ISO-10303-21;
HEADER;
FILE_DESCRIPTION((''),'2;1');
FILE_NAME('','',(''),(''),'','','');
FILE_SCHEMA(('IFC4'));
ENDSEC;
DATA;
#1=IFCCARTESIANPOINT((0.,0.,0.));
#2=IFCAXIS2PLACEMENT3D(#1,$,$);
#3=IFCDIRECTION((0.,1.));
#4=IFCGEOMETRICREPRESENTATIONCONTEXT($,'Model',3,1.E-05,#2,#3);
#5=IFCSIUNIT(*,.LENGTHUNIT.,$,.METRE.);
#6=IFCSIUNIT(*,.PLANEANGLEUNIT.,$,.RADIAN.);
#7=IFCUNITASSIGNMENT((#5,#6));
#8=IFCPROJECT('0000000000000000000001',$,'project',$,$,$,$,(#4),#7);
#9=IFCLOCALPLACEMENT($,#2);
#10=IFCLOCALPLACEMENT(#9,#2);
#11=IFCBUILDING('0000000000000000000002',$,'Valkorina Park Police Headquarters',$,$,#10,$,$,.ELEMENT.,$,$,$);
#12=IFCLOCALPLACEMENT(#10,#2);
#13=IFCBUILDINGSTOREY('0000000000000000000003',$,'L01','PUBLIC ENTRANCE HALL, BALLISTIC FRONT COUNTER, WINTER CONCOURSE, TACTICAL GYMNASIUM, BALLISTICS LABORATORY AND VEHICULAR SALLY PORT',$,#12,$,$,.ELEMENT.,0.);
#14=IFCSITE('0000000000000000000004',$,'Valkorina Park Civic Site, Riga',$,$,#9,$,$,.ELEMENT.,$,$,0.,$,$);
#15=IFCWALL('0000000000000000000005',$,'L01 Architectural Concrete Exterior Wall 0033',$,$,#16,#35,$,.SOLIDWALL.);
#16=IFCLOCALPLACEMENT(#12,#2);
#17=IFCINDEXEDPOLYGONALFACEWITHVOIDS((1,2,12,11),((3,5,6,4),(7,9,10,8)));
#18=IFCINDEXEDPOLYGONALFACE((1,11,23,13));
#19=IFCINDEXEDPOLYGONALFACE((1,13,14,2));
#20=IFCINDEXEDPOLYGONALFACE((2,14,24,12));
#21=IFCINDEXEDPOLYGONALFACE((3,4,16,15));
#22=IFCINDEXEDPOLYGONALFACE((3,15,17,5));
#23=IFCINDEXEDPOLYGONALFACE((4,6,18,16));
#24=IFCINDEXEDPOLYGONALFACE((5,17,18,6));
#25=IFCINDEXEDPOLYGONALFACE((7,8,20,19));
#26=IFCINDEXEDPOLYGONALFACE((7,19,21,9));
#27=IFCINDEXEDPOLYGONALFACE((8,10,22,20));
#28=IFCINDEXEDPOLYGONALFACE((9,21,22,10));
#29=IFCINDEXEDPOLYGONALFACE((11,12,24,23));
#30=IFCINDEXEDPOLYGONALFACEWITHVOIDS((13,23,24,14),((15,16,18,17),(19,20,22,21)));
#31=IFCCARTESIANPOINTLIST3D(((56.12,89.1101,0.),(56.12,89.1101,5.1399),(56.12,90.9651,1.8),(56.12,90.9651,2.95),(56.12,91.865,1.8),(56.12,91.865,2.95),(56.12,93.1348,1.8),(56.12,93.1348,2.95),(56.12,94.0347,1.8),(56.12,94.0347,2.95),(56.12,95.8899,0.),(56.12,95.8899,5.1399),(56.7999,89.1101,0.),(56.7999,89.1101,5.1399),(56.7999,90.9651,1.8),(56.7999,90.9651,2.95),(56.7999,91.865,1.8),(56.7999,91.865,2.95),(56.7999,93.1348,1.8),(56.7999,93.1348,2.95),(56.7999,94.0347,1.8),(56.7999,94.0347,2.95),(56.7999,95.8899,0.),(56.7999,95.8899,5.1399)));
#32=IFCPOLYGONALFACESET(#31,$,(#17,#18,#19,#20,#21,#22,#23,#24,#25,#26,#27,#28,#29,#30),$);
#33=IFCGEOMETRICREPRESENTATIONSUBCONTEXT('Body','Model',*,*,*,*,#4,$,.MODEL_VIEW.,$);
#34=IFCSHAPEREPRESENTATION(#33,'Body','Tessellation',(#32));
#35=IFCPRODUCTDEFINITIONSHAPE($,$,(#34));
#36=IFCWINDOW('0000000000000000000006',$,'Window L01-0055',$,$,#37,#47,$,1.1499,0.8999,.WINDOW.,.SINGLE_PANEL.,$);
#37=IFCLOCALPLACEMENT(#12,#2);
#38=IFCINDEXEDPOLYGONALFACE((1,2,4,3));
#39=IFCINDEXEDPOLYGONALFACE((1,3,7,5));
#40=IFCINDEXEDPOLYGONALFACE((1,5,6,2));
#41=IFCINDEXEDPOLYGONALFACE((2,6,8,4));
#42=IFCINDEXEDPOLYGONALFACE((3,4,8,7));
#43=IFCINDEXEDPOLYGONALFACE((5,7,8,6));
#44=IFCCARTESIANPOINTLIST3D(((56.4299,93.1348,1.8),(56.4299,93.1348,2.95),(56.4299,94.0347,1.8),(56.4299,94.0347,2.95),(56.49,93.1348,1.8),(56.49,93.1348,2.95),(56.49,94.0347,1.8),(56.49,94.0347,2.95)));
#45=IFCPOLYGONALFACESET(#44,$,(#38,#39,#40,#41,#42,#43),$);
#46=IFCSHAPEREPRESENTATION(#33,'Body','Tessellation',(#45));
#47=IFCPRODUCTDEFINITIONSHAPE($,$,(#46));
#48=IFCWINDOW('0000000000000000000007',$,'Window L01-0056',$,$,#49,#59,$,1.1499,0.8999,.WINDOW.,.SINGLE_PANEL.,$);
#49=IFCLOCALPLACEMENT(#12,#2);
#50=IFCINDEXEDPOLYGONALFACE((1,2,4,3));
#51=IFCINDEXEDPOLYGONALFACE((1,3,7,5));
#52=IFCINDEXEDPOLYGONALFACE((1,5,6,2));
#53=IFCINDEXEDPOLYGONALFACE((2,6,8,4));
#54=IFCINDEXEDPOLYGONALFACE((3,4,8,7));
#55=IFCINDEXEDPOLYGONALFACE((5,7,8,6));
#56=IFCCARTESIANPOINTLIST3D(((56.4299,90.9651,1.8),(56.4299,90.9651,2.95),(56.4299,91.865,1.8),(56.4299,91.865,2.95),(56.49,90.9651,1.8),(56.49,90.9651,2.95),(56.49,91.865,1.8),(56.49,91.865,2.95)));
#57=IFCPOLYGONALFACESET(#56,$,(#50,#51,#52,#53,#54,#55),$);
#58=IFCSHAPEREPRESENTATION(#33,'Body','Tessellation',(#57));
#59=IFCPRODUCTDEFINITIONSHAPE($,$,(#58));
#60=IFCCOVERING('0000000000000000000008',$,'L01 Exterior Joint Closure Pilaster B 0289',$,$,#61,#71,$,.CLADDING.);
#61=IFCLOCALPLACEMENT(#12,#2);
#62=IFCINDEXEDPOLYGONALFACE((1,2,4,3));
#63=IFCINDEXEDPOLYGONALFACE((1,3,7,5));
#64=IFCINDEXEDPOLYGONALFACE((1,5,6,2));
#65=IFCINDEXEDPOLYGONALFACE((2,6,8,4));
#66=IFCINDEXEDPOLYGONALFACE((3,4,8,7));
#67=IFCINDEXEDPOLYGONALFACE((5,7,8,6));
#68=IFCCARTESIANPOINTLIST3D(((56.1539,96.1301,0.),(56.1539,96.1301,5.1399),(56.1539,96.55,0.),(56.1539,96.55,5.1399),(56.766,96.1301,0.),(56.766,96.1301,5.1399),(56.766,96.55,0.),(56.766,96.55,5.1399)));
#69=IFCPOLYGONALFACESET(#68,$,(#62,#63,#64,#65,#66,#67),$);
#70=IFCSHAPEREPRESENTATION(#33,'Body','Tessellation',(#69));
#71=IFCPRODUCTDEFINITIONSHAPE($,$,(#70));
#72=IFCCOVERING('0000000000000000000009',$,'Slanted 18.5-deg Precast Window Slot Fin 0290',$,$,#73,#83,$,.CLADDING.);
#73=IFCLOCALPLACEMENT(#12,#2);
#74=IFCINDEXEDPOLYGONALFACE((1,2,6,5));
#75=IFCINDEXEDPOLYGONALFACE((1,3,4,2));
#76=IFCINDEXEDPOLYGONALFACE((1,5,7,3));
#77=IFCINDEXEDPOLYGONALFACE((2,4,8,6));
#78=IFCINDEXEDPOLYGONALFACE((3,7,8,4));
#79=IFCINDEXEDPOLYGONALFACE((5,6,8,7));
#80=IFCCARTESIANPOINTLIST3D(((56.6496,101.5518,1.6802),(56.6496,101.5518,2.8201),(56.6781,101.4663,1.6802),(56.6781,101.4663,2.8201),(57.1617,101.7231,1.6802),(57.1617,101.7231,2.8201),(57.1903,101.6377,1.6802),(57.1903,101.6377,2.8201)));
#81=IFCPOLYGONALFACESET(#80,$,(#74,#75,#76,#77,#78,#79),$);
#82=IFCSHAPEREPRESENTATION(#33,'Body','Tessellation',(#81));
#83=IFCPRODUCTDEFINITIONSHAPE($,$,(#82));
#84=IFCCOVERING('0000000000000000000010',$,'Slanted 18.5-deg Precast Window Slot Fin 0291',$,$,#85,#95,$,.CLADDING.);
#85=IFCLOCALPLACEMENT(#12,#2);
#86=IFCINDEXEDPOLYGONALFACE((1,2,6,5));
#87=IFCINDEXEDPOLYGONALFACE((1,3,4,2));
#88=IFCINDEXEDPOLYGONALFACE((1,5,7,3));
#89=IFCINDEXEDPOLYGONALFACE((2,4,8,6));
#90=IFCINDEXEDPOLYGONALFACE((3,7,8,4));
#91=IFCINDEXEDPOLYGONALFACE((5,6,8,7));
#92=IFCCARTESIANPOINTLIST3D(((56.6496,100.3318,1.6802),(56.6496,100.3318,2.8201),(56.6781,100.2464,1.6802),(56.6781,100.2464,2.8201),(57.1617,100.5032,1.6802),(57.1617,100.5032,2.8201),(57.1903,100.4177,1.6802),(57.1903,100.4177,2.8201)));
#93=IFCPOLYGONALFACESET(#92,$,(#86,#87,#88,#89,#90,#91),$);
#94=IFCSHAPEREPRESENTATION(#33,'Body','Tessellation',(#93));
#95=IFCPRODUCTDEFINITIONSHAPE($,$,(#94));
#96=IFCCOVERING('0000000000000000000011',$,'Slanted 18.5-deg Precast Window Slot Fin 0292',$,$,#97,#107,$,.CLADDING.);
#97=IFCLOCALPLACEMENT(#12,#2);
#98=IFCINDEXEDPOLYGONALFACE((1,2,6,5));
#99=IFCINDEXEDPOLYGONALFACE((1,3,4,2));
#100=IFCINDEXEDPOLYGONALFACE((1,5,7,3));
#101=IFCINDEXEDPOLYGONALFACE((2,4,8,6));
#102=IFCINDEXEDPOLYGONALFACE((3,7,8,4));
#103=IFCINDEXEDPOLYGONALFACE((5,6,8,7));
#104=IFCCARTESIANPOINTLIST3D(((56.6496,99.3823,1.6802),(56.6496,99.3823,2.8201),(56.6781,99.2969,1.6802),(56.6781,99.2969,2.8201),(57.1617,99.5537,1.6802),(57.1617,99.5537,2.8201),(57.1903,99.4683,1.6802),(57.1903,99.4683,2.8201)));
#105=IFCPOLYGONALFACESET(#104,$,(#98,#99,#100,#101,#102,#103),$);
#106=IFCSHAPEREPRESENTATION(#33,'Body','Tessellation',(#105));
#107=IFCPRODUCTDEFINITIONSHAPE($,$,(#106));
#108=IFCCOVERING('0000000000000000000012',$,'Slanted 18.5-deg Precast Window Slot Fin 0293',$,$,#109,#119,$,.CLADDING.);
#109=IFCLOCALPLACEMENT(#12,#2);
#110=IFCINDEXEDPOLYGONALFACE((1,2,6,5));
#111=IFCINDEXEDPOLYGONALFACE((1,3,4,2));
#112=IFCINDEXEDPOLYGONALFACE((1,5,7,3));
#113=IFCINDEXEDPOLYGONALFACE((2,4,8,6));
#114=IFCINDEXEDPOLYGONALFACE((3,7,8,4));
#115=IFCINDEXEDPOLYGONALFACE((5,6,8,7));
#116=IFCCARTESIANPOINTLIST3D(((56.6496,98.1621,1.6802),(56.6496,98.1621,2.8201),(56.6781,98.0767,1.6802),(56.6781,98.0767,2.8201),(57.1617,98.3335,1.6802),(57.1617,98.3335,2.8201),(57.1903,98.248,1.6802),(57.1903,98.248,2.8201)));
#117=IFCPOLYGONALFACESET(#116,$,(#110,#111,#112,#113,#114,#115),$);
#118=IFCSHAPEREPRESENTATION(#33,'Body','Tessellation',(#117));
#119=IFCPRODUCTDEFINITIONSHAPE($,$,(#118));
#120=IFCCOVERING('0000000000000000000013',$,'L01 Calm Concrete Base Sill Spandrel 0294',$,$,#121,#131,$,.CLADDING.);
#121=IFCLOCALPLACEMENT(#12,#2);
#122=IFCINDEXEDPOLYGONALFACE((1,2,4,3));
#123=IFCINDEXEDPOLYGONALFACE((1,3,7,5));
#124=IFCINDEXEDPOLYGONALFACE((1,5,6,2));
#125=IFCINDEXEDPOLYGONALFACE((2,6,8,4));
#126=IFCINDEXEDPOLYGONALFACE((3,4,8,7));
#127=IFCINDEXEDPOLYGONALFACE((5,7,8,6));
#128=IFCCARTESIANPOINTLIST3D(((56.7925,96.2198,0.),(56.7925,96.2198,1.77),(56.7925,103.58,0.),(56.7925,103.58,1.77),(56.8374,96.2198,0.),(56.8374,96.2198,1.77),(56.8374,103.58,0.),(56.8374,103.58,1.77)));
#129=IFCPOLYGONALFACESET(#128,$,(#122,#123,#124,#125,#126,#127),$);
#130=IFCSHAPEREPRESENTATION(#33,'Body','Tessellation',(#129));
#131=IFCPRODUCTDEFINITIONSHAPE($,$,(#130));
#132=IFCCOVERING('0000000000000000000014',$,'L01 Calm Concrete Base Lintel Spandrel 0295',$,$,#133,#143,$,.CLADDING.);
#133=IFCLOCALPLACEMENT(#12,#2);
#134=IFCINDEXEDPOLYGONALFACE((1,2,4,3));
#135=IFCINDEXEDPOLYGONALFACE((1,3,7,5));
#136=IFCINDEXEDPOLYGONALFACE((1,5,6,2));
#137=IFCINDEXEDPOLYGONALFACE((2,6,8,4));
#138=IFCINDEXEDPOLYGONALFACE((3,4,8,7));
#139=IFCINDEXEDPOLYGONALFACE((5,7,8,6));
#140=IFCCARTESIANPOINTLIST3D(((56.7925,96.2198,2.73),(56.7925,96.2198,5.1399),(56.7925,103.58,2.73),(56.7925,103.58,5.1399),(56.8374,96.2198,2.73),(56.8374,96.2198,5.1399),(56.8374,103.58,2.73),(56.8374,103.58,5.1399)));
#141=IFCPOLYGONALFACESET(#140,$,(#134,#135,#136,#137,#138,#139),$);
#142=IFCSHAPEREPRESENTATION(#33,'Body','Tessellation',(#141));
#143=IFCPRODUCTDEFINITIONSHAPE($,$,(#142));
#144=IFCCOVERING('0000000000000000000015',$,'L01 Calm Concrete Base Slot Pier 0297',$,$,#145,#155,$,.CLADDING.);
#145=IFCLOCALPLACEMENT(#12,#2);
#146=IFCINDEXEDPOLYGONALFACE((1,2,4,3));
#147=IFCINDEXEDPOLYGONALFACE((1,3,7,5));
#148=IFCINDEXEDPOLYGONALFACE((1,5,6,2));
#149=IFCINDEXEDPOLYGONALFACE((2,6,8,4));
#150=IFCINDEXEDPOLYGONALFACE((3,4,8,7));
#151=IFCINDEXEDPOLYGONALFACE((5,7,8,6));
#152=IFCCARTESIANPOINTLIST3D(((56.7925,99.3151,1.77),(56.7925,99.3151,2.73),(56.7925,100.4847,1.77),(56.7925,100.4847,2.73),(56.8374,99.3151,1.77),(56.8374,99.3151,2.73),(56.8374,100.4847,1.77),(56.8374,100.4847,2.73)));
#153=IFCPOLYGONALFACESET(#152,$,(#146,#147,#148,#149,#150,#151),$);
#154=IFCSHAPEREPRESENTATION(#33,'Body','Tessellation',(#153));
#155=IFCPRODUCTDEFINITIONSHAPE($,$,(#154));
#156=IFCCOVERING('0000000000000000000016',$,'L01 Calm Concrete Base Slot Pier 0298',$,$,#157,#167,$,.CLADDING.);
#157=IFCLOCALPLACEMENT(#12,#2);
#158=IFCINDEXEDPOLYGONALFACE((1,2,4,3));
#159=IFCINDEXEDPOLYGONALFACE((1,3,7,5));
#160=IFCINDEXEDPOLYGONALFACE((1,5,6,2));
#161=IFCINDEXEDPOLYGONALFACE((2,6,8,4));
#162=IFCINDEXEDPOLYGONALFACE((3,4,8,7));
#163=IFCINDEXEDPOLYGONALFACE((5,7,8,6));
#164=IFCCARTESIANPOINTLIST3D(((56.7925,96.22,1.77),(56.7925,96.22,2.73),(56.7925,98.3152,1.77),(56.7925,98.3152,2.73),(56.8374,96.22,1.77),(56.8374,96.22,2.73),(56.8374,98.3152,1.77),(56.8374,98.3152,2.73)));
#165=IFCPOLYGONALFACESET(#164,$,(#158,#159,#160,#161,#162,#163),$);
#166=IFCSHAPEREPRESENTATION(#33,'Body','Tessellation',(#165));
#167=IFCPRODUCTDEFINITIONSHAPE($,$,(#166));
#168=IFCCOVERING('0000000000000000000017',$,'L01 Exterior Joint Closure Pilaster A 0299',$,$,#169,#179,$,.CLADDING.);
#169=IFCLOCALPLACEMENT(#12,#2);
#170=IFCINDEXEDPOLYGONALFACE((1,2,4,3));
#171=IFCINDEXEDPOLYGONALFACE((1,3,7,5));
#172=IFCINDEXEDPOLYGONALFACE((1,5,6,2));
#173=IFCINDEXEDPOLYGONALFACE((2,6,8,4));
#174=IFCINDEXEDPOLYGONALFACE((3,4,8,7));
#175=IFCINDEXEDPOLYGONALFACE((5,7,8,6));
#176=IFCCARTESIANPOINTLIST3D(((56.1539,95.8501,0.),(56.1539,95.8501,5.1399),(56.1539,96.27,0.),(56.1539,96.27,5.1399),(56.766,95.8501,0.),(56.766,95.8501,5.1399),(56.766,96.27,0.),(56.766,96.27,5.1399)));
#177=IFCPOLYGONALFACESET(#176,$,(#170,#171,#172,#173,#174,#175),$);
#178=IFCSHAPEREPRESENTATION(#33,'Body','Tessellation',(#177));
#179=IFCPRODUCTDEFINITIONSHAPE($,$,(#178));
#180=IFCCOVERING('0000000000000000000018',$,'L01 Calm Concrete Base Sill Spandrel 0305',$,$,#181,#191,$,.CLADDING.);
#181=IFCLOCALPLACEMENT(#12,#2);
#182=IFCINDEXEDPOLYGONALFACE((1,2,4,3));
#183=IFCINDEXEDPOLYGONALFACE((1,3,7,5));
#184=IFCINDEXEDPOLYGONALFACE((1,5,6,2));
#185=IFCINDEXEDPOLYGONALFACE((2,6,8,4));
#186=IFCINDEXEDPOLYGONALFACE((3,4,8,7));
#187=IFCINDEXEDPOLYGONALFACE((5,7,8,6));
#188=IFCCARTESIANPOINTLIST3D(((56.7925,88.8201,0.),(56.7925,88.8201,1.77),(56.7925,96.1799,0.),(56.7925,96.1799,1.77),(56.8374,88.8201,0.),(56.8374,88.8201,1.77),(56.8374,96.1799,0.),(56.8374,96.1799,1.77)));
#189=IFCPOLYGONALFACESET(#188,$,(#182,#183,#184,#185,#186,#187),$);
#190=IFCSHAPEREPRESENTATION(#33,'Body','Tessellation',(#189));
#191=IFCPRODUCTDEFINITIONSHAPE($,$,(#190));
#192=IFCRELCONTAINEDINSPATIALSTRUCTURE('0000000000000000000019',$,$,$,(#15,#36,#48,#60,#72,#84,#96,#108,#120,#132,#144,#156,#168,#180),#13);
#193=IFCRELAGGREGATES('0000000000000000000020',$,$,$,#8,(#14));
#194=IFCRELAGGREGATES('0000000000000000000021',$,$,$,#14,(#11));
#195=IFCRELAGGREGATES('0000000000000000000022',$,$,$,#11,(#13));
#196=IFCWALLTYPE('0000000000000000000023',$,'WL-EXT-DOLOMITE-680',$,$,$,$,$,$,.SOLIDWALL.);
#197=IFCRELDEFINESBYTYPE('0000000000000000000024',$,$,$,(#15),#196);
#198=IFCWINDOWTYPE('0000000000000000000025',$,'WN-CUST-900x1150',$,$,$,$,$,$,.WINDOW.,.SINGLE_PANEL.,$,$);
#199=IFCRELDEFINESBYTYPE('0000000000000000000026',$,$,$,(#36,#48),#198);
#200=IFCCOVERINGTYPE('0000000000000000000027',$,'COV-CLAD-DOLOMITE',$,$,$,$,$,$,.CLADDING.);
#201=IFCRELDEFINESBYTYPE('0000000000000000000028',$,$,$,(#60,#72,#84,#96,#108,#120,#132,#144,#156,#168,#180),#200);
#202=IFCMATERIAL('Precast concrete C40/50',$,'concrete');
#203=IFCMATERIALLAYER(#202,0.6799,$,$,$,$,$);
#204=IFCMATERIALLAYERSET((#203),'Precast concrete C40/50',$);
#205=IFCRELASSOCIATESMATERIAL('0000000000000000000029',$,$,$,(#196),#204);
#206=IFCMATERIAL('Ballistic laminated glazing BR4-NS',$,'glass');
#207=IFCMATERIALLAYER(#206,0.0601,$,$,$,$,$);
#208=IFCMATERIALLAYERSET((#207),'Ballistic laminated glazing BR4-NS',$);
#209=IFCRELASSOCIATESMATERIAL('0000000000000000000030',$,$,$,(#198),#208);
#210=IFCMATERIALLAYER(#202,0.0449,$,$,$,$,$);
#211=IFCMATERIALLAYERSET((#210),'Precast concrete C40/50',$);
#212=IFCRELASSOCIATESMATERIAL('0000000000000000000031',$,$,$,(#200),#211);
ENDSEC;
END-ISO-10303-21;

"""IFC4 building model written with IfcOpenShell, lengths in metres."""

from ifc_helpers import new_model, si_unit, direction, frame, frame_2d, origin, origin_2d, place, context, subcontext, project, spatial, rectangle, extrude, material, layer, layer_set, type_object, element, fill, save


model = new_model("IFC4")

# Units and contexts
model_context = context("Model", 3, precision=1e-05, world=origin(), true_north=direction((0.0, 1.0)))
body_context = subcontext(model_context, "Body", "Model", "MODEL_VIEW")
ifc_project = project(units=[si_unit("LENGTHUNIT", "METRE"), si_unit("PLANEANGLEUNIT", "RADIAN")], contexts=[model_context])

# Site, building, storey
site_placement = place(None, origin())
site = spatial("IfcSite", under=ifc_project, at=site_placement, Name="Valkorina Park Civic Site, Riga", CompositionType="ELEMENT", RefElevation=0.0)
building_placement = place(site_placement, origin())
building = spatial("IfcBuilding", under=site, at=building_placement, Name="Valkorina Park Police Headquarters", CompositionType="ELEMENT")
storey_placement = place(building_placement, origin())
storey = spatial("IfcBuildingStorey", under=building, at=storey_placement, Name="L01", Description="PUBLIC ENTRANCE HALL, BALLISTIC FRONT COUNTER, WINTER CONCOURSE, TACTICAL GYMNASIUM, BALLISTICS LABORATORY AND VEHICULAR SALLY PORT", CompositionType="ELEMENT", Elevation=0.0)

# Wall, openings, windows
ifc_material_1 = material(Name="Precast concrete C40/50", Category="concrete")
ifc_layer_1 = layer(ifc_material_1, 0.6799)
ifc_layer_set_1 = layer_set([ifc_layer_1], Name="Precast concrete C40/50")
wall_type = type_object("IfcWallType", Name="WL-EXT-DOLOMITE-680", PredefinedType="SOLIDWALL", material=ifc_layer_set_1)
ifc_material_2 = material(Name="Ballistic laminated glazing BR4-NS", Category="glass")
wall_1_placement = place(storey_placement, frame((56.46, 95.8899, 0.0), z_axis=(0.0, 0.0, 1.0), x_axis=(0.0, -1.0, 0.0)))
wall_1 = element("IfcWall", 1, at=wall_1_placement, inside=storey, type_object=wall_type, Name="L01 Architectural Concrete Exterior Wall 0033", PredefinedType="SOLIDWALL", context=body_context, shape_type="SweptSolid", body=[
    extrude(rectangle(XDim=6.7798, YDim=0.6799, at=frame_2d((3.3899, 0.0))), origin(), (0.0, 0.0, 1.0), 5.1399),
])
opening_1_placement = place(wall_1_placement, frame((1.8552, 0.0, 1.8)))
opening_1 = element("IfcOpeningElement", 2, at=opening_1_placement, cuts=wall_1, PredefinedType="OPENING", context=body_context, shape_type="SweptSolid", body=[
    extrude(rectangle(XDim=0.8999, YDim=1.1499, at=frame_2d((0.45, 0.575))), frame((0.0, 0.3501, 0.0), z_axis=(0.0, -1.0, 0.0), x_axis=(1.0, 0.0, 0.0)), (0.0, 0.0, 1.0), 0.7),
])
opening_2_placement = place(wall_1_placement, frame((4.0249, 0.0, 1.8)))
opening_2 = element("IfcOpeningElement", 3, at=opening_2_placement, cuts=wall_1, PredefinedType="OPENING", context=body_context, shape_type="SweptSolid", body=[
    extrude(rectangle(XDim=0.8999, YDim=1.1499, at=frame_2d((0.45, 0.575))), frame((0.0, 0.3501, 0.0), z_axis=(0.0, -1.0, 0.0), x_axis=(1.0, 0.0, 0.0)), (0.0, 0.0, 1.0), 0.7),
])
ifc_layer_2 = layer(ifc_material_2, 0.0601)
ifc_layer_set_2 = layer_set([ifc_layer_2], Name="Ballistic laminated glazing BR4-NS")
window_type_1 = type_object("IfcWindowType", Name="WN-CUST-900x1150", PartitioningType="SINGLE_PANEL", PredefinedType="WINDOW", material=ifc_layer_set_2)
window_1_placement = place(opening_1_placement, origin())
window_1 = element("IfcWindow", 4, at=window_1_placement, inside=storey, type_object=window_type_1, Name="Window L01-0055", OverallHeight=1.1499, OverallWidth=0.8999, PartitioningType="SINGLE_PANEL", PredefinedType="WINDOW", context=body_context, shape_type="SweptSolid", body=[
    extrude(rectangle(XDim=0.8999, YDim=1.1499, at=frame_2d((0.45, 0.575))), frame((0.0, 0.03, 0.0), z_axis=(0.0, -1.0, 0.0), x_axis=(1.0, 0.0, 0.0)), (0.0, 0.0, 1.0), 0.0601),
])
fill(opening_1, window_1)
window_2_placement = place(opening_2_placement, origin())
window_2 = element("IfcWindow", 5, at=window_2_placement, inside=storey, type_object=window_type_1, Name="Window L01-0056", OverallHeight=1.1499, OverallWidth=0.8999, PartitioningType="SINGLE_PANEL", PredefinedType="WINDOW", context=body_context, shape_type="SweptSolid", body=[
    extrude(rectangle(XDim=0.8999, YDim=1.1499, at=frame_2d((0.45, 0.575))), frame((0.0, 0.03, 0.0), z_axis=(0.0, -1.0, 0.0), x_axis=(1.0, 0.0, 0.0)), (0.0, 0.0, 1.0), 0.0601),
])
fill(opening_2, window_2)

# Coverings
ifc_layer_3 = layer(ifc_material_1, 0.0449)
ifc_layer_set_3 = layer_set([ifc_layer_3], Name="Precast concrete C40/50")
covering_type = type_object("IfcCoveringType", Name="COV-CLAD-DOLOMITE", PredefinedType="CLADDING", material=ifc_layer_set_3)
covering_1_placement = place(storey_placement, frame((56.46, 96.3401, 0.0), z_axis=(0.0, 0.0, 1.0), x_axis=(0.0, 1.0, 0.0)))
element("IfcCovering", 6, at=covering_1_placement, inside=storey, type_object=covering_type, Name="L01 Exterior Joint Closure Pilaster B 0289", PredefinedType="CLADDING", context=body_context, shape_type="SweptSolid", body=[
    extrude(rectangle(XDim=0.4199, YDim=0.6121, at=origin_2d()), origin(), (0.0, 0.0, 1.0), 5.1399),
])
for number, where, z_axis, x_axis, name in (
    (7, (56.9199, 101.5947, 1.6802), (0.0, 0.0, 1.0), (0.948324, 0.317305, 0.0), "Slanted 18.5-deg Precast Window Slot Fin 0290"),
    (8, (56.9199, 100.3748, 1.6802), (0.0, 0.0, 1.0), (0.948324, 0.317305, 0.0), "Slanted 18.5-deg Precast Window Slot Fin 0291"),
    (9, (56.9199, 99.4253, 1.6802), (0.0, 0.0, 1.0), (0.948324, 0.317305, 0.0), "Slanted 18.5-deg Precast Window Slot Fin 0292"),
    (10, (56.9199, 98.2051, 1.6802), (0.0, 0.0, 1.0), (0.948324, 0.317305, 0.0), "Slanted 18.5-deg Precast Window Slot Fin 0293"),
):
    element("IfcCovering", number, at=place(storey_placement, frame(where, z_axis=z_axis, x_axis=x_axis)), inside=storey, type_object=covering_type, Name=name, PredefinedType="CLADDING", context=body_context, shape_type="SweptSolid", body=[
        extrude(rectangle(XDim=0.54, YDim=0.0901, at=origin_2d()), origin(), (0.0, 0.0, 1.0), 1.1399),
    ])
covering_2_placement = place(storey_placement, frame((56.8149, 103.5801, 0.0), z_axis=(0.0, 0.0, 1.0), x_axis=(0.0, -1.0, 0.0)))
element("IfcCovering", 11, at=covering_2_placement, inside=storey, type_object=covering_type, Name="L01 Calm Concrete Base Sill Spandrel 0294", PredefinedType="CLADDING", context=body_context, shape_type="SweptSolid", body=[
    extrude(rectangle(XDim=7.3601, YDim=0.0449, at=frame_2d((3.6802, 0.0))), origin(), (0.0, 0.0, 1.0), 1.77),
])
covering_3_placement = place(storey_placement, frame((56.8149, 103.5801, 2.73), z_axis=(0.0, 0.0, 1.0), x_axis=(0.0, -1.0, 0.0)))
element("IfcCovering", 12, at=covering_3_placement, inside=storey, type_object=covering_type, Name="L01 Calm Concrete Base Lintel Spandrel 0295", PredefinedType="CLADDING", context=body_context, shape_type="SweptSolid", body=[
    extrude(rectangle(XDim=7.3601, YDim=0.0449, at=frame_2d((3.6802, 0.0))), origin(), (0.0, 0.0, 1.0), 2.4099),
])
covering_4_placement = place(storey_placement, frame((56.8149, 100.4849, 1.77), z_axis=(0.0, 0.0, 1.0), x_axis=(0.0, -1.0, 0.0)))
element("IfcCovering", 13, at=covering_4_placement, inside=storey, type_object=covering_type, Name="L01 Calm Concrete Base Slot Pier 0297", PredefinedType="CLADDING", context=body_context, shape_type="SweptSolid", body=[
    extrude(rectangle(XDim=1.1697, YDim=0.0449, at=frame_2d((0.585, 0.0))), origin(), (0.0, 0.0, 1.0), 0.96),
])
covering_5_placement = place(storey_placement, frame((56.8149, 98.3152, 1.77), z_axis=(0.0, 0.0, 1.0), x_axis=(0.0, -1.0, 0.0)))
element("IfcCovering", 14, at=covering_5_placement, inside=storey, type_object=covering_type, Name="L01 Calm Concrete Base Slot Pier 0298", PredefinedType="CLADDING", context=body_context, shape_type="SweptSolid", body=[
    extrude(rectangle(XDim=2.0952, YDim=0.0449, at=frame_2d((1.0476, 0.0))), origin(), (0.0, 0.0, 1.0), 0.96),
])
covering_6_placement = place(storey_placement, frame((56.46, 96.0601, 0.0), z_axis=(0.0, 0.0, 1.0), x_axis=(0.0, 1.0, 0.0)))
element("IfcCovering", 15, at=covering_6_placement, inside=storey, type_object=covering_type, Name="L01 Exterior Joint Closure Pilaster A 0299", PredefinedType="CLADDING", context=body_context, shape_type="SweptSolid", body=[
    extrude(rectangle(XDim=0.4199, YDim=0.6121, at=origin_2d()), origin(), (0.0, 0.0, 1.0), 5.1399),
])
covering_7_placement = place(storey_placement, frame((56.8149, 96.1799, 0.0), z_axis=(0.0, 0.0, 1.0), x_axis=(0.0, -1.0, 0.0)))
element("IfcCovering", 16, at=covering_7_placement, inside=storey, type_object=covering_type, Name="L01 Calm Concrete Base Sill Spandrel 0305", PredefinedType="CLADDING", context=body_context, shape_type="SweptSolid", body=[
    extrude(rectangle(XDim=7.3599, YDim=0.0449, at=frame_2d((3.6799, 0.0))), origin(), (0.0, 0.0, 1.0), 1.77),
])

save(model, "model.ifc")
